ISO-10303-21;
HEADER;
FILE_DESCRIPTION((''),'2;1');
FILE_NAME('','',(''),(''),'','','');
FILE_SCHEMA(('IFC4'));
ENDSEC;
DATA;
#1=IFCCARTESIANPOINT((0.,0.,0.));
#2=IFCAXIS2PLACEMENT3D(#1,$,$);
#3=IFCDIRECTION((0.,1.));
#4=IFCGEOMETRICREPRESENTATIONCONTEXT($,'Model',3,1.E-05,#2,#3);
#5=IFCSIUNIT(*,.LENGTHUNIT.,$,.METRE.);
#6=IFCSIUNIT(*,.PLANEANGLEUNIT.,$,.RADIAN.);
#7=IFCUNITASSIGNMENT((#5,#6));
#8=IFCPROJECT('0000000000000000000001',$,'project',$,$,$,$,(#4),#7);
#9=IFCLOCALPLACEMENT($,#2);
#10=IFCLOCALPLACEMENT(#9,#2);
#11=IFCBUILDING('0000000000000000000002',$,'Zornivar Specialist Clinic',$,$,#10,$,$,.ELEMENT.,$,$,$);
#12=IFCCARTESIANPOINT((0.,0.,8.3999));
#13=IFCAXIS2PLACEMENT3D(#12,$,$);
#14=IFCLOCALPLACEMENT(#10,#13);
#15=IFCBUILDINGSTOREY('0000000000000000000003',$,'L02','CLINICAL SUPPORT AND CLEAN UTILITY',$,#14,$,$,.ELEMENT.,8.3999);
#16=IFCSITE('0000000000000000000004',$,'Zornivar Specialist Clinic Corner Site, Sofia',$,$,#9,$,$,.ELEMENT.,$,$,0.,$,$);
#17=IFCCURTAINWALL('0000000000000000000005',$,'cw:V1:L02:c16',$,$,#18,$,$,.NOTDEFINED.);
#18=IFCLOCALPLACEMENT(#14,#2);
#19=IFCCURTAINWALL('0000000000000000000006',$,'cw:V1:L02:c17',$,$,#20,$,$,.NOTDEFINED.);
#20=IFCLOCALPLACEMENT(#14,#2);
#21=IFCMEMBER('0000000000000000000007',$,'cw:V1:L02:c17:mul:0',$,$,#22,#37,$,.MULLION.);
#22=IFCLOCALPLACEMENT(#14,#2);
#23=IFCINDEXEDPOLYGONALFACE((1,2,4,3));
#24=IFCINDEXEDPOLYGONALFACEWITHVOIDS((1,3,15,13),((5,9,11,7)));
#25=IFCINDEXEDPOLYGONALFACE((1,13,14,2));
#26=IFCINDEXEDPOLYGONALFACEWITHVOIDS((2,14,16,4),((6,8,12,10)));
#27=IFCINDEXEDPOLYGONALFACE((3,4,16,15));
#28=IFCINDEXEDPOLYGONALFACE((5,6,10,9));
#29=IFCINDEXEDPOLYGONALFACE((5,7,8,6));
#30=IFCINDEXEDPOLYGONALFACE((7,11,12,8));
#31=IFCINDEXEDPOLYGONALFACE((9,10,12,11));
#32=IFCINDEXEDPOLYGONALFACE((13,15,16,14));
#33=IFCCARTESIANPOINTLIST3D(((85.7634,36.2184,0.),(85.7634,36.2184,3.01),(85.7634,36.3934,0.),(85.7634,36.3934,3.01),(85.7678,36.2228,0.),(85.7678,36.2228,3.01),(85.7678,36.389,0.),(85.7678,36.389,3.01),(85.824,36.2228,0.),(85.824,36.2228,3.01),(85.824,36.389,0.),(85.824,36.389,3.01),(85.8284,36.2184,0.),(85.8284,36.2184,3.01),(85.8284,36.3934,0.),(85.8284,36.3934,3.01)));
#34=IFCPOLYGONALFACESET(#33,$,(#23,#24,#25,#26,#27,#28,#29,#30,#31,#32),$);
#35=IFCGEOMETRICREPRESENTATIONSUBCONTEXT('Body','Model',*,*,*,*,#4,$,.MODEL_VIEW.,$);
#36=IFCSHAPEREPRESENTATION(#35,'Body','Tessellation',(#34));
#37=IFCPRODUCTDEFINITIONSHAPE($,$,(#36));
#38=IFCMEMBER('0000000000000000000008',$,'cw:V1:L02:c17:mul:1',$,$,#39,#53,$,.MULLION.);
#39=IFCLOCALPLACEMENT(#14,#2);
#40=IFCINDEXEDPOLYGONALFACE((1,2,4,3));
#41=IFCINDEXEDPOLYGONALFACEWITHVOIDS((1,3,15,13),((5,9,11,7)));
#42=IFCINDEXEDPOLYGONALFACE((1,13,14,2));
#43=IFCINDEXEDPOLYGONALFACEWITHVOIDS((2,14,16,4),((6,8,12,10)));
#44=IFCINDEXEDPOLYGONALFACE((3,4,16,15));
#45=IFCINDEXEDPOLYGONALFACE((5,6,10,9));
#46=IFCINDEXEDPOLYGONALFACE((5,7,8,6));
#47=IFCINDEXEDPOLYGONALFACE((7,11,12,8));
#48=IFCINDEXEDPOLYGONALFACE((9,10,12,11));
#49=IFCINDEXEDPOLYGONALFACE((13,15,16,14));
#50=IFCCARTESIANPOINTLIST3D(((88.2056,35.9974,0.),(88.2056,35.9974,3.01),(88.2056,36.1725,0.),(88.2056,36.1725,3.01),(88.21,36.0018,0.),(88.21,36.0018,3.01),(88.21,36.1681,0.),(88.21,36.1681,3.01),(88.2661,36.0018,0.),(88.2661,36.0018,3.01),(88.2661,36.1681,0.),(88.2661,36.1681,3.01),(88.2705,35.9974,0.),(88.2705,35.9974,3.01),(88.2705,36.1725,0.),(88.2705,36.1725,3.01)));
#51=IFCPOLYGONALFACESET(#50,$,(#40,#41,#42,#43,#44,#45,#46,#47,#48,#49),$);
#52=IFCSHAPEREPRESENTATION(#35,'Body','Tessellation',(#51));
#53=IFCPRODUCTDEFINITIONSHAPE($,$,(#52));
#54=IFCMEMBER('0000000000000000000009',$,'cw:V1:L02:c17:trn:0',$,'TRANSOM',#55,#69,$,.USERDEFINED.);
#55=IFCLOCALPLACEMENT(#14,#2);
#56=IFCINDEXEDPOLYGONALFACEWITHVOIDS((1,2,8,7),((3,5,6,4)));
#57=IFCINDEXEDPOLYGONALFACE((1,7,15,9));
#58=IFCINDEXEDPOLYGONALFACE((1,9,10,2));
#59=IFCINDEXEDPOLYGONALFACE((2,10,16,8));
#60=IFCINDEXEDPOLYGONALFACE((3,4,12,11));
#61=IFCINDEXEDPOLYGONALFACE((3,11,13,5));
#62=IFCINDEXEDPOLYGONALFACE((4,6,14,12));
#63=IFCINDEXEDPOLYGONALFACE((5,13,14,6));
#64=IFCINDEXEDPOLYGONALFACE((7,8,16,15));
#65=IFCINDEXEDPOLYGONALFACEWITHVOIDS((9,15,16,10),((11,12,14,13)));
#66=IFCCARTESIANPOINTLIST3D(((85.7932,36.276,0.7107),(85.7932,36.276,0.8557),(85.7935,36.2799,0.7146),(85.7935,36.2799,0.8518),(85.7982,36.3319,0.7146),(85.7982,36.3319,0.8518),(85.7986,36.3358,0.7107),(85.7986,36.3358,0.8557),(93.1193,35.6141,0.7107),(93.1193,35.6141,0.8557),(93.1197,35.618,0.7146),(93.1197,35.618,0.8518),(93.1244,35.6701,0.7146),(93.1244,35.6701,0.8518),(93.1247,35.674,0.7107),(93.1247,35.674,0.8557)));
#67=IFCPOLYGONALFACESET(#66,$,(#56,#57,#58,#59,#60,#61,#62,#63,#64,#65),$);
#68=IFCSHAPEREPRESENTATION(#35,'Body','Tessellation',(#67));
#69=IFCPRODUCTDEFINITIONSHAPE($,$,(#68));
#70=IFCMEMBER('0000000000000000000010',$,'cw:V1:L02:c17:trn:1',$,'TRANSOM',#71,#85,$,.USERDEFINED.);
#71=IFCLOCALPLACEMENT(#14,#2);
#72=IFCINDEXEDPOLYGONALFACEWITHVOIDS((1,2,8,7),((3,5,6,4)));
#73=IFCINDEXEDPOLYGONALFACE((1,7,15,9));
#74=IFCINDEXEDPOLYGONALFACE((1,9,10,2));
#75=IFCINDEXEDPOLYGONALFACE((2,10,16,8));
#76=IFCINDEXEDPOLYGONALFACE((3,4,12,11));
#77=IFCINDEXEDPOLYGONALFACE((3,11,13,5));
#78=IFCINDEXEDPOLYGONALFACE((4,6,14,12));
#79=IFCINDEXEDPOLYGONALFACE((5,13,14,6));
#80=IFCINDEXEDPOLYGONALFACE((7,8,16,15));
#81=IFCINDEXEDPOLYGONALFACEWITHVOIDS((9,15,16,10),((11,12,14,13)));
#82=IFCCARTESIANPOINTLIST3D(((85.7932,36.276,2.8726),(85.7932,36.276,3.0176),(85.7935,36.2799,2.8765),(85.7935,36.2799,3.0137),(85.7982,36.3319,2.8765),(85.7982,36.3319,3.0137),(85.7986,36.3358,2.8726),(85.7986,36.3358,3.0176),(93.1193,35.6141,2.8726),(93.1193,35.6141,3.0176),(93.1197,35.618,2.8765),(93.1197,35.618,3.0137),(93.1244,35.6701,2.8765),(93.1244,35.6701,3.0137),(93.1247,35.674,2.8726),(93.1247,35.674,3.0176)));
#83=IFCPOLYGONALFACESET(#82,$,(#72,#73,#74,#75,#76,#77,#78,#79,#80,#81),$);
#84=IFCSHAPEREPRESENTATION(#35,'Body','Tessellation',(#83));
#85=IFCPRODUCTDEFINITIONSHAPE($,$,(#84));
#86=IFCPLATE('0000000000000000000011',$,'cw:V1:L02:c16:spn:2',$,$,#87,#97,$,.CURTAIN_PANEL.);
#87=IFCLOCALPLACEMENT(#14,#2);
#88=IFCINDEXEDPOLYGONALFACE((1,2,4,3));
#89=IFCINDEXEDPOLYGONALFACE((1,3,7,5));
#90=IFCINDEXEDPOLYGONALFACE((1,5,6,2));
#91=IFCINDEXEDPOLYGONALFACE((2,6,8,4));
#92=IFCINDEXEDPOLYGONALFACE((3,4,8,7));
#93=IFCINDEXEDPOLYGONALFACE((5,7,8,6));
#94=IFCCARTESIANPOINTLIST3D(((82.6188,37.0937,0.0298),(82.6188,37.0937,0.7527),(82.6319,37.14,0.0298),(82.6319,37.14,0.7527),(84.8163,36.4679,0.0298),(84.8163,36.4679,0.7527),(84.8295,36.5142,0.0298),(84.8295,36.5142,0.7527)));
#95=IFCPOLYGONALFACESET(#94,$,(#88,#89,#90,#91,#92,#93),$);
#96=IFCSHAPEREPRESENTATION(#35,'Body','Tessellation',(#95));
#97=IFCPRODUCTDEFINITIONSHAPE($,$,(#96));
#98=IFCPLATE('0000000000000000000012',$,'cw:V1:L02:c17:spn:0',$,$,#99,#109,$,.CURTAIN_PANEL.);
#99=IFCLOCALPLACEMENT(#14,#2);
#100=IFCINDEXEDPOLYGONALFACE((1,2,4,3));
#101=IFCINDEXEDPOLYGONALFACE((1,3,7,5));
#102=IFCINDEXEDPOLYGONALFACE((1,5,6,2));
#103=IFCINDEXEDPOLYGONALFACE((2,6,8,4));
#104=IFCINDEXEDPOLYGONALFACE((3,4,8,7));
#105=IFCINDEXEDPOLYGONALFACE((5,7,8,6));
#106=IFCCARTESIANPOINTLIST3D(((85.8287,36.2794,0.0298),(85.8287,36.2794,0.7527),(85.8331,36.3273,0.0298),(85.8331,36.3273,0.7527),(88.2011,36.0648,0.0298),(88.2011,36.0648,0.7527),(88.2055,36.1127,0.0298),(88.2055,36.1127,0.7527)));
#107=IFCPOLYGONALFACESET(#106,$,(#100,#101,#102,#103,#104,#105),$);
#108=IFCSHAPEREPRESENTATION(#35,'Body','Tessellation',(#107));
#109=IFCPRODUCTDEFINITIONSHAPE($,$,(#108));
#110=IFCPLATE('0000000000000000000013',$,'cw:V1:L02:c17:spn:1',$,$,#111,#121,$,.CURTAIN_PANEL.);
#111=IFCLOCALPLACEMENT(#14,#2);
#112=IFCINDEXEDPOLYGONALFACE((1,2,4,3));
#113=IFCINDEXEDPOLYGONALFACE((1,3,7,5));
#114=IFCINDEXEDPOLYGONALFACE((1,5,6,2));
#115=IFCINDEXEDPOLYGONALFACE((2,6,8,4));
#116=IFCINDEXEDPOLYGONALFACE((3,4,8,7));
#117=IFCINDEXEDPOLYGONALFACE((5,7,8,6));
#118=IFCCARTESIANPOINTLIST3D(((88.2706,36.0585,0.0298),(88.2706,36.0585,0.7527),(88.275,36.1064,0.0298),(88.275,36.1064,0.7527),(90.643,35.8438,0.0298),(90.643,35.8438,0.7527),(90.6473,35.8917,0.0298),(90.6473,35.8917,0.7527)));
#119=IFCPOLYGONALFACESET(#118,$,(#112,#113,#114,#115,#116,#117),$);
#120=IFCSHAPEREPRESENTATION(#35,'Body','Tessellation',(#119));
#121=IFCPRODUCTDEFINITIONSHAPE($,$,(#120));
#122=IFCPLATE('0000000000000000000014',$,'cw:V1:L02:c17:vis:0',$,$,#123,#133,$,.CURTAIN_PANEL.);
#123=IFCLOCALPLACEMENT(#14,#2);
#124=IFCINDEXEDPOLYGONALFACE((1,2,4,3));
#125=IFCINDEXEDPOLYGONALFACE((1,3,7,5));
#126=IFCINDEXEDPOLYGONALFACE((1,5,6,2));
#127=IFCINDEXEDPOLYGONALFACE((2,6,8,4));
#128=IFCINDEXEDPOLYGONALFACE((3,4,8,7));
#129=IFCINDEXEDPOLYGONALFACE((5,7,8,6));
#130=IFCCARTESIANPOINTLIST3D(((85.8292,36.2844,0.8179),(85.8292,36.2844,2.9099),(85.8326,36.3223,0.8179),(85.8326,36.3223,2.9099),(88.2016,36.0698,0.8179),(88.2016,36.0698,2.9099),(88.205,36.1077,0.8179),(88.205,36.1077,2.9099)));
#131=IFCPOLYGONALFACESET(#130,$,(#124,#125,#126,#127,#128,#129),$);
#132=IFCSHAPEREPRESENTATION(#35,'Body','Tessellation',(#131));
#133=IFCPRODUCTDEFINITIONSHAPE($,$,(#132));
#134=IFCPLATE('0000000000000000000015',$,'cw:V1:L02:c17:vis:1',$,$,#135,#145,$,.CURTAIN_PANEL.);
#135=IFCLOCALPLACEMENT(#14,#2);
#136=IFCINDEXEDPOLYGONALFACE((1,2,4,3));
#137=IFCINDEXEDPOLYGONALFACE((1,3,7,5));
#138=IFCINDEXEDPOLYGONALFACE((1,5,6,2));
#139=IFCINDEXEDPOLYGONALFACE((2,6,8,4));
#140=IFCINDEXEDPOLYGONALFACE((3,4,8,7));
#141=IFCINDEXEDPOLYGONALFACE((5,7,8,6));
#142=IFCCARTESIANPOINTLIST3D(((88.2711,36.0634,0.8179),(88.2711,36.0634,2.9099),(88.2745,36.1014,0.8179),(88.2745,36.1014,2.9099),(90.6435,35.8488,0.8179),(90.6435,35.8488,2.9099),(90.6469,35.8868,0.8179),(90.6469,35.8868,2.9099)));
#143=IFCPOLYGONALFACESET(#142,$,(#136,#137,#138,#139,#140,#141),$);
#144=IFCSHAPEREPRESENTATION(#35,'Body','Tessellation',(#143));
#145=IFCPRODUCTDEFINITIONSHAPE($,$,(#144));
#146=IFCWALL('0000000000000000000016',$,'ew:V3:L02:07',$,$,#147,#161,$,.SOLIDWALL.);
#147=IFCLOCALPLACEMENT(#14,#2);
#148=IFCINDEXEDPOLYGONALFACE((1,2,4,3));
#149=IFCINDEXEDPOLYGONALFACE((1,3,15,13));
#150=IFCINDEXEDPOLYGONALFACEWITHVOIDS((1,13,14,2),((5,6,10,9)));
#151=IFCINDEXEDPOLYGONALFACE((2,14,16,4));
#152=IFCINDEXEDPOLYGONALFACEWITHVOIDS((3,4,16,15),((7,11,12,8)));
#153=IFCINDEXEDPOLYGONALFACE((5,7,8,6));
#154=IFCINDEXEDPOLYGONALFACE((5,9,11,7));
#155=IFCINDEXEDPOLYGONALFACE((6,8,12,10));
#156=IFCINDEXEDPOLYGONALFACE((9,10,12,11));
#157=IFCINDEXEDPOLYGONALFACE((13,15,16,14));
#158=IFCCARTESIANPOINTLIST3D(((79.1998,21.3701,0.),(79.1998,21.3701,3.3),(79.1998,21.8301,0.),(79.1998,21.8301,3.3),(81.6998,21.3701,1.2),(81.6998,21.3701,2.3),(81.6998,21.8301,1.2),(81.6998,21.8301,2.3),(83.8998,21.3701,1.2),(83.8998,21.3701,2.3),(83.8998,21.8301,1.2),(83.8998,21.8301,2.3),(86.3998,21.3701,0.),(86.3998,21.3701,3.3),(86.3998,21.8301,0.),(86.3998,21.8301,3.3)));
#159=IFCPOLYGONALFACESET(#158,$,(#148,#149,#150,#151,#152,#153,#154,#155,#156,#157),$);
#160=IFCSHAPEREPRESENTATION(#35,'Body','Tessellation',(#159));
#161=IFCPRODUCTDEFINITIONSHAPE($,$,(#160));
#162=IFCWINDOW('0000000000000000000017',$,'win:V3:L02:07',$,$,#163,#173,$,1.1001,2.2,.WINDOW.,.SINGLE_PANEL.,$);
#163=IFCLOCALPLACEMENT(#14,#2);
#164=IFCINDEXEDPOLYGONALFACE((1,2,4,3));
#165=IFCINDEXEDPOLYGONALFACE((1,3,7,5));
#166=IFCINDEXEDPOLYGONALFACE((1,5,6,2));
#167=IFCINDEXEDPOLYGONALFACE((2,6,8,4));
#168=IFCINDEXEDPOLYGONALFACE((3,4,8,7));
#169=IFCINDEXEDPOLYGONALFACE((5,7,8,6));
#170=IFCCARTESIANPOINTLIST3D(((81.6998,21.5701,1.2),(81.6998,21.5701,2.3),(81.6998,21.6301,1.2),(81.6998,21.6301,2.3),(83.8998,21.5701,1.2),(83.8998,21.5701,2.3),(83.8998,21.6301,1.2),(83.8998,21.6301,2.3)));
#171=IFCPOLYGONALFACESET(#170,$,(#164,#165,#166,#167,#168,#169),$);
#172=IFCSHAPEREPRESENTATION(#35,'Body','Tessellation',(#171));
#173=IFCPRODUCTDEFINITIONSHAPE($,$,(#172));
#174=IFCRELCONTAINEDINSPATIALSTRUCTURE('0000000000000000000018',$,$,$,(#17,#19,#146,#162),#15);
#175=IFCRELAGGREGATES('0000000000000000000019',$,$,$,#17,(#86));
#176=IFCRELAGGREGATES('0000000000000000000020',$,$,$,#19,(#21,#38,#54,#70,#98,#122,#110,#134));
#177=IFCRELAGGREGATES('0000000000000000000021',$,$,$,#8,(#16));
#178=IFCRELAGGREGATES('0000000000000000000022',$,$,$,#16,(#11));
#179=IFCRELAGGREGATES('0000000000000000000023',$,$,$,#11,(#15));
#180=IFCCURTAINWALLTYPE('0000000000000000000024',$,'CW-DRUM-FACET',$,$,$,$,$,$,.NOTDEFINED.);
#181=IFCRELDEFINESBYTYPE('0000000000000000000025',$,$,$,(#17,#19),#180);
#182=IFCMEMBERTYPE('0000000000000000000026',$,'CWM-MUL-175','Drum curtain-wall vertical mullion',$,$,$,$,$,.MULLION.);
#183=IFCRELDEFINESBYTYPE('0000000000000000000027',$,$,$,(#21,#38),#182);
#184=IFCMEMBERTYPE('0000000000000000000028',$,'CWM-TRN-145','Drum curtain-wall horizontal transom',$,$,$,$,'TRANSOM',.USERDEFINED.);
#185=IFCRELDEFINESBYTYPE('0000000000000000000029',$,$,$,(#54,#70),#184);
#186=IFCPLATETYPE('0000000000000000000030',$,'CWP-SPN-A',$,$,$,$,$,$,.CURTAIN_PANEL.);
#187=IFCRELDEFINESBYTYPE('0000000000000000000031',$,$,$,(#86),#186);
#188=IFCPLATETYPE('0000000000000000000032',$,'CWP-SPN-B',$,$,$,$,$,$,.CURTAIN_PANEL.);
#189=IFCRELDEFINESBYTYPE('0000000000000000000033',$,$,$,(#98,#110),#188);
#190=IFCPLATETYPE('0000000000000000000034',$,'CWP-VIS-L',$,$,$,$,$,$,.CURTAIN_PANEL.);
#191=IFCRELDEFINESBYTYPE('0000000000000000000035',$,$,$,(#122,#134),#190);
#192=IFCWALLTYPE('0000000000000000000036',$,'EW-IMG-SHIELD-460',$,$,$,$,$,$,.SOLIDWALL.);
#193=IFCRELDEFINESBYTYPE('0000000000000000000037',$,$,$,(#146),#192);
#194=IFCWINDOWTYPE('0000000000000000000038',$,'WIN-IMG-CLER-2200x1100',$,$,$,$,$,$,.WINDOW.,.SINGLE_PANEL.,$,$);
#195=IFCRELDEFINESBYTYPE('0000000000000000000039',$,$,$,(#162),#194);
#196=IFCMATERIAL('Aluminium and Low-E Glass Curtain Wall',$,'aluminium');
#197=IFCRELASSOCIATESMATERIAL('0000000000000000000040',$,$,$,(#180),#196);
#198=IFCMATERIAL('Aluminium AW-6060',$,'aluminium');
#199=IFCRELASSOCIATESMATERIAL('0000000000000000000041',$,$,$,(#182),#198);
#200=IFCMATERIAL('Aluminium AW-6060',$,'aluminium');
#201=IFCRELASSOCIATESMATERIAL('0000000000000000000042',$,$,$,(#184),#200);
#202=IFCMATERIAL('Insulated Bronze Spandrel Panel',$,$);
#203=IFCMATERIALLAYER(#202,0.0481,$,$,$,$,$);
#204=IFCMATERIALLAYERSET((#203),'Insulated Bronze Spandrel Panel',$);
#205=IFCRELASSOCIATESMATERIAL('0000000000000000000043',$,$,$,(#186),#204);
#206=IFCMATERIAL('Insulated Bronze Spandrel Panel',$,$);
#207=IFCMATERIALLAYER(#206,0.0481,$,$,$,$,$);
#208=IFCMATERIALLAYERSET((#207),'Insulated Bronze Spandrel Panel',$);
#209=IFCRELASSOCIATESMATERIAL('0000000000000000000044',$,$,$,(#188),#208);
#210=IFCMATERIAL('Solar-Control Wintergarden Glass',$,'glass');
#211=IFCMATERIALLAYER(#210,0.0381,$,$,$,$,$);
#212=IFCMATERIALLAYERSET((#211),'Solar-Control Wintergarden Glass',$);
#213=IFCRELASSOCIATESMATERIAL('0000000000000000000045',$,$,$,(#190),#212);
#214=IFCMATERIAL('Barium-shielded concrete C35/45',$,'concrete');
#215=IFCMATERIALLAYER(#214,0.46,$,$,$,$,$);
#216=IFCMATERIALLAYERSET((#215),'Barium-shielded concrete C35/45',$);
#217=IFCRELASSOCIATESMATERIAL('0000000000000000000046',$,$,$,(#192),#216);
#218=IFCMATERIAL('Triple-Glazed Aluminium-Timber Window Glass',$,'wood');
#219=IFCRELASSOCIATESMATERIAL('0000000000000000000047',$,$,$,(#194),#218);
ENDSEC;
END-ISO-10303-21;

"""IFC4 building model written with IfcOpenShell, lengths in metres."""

from ifc_helpers import new_model, si_unit, direction, frame, frame_2d, origin, origin_2d, place, context, subcontext, project, spatial, rectangle, hollow_rectangle, extrude, material, layer, layer_set, material_profile, profile_set, type_object, element, fill, aggregate, save


model = new_model("IFC4")

# Units and contexts
model_context = context("Model", 3, precision=1e-05, world=origin(), true_north=direction((0.0, 1.0)))
body_context = subcontext(model_context, "Body", "Model", "MODEL_VIEW")
ifc_project = project(units=[si_unit("LENGTHUNIT", "METRE"), si_unit("PLANEANGLEUNIT", "RADIAN")], contexts=[model_context])

# Site, building, storey
site_placement = place(None, origin())
site = spatial("IfcSite", under=ifc_project, at=site_placement, Name="Zornivar Specialist Clinic Corner Site, Sofia", CompositionType="ELEMENT", RefElevation=0.0)
building_placement = place(site_placement, origin())
building = spatial("IfcBuilding", under=site, at=building_placement, Name="Zornivar Specialist Clinic", CompositionType="ELEMENT")
storey_placement = place(building_placement, frame((0.0, 0.0, 8.3999)))
storey = spatial("IfcBuildingStorey", under=building, at=storey_placement, Name="L02", Description="CLINICAL SUPPORT AND CLEAN UTILITY", CompositionType="ELEMENT", Elevation=8.3999)

# Curtain wall
ifc_material_1 = material(Name="Aluminium and Low-E Glass Curtain Wall", Category="aluminium")
curtain_wall_type = type_object("IfcCurtainWallType", Name="CW-DRUM-FACET", PredefinedType="NOTDEFINED", material=ifc_material_1)
curtain_wall_1_placement = place(storey_placement, origin())
curtain_wall_1 = element("IfcCurtainWall", 1, at=curtain_wall_1_placement, inside=storey, type_object=curtain_wall_type, Name="cw:V1:L02:c16", PredefinedType="NOTDEFINED")
ifc_material_2 = material(Name="Aluminium AW-6060", Category="aluminium")
ifc_material_profile_1 = material_profile(ifc_material_2, hollow_rectangle(XDim=0.0649, YDim=0.175, WallThickness=0.0044, at=origin_2d()), Name="ALU 65x175x4.5")
ifc_profile_set_1 = profile_set([ifc_material_profile_1], Name="Aluminium AW-6060")
member_type_1 = type_object("IfcMemberType", Name="CWM-MUL-175", Description="Drum curtain-wall vertical mullion", PredefinedType="MULLION", material=ifc_profile_set_1)

# Curtain wall, members
curtain_wall_2_placement = place(storey_placement, origin())
curtain_wall_2 = element("IfcCurtainWall", 2, at=curtain_wall_2_placement, inside=storey, type_object=curtain_wall_type, Name="cw:V1:L02:c17", PredefinedType="NOTDEFINED")
member_1_placement = place(storey_placement, frame((85.7959, 36.3059, 0.0), z_axis=(0.0, 0.0, 1.0), x_axis=(1.0, 0.0, 0.0)))
member_1 = element("IfcMember", 3, at=member_1_placement, type_object=member_type_1, Name="cw:V1:L02:c17:mul:0", PredefinedType="MULLION", context=body_context, shape_type="SweptSolid", body=[
    extrude(hollow_rectangle(XDim=0.0649, YDim=0.175, WallThickness=0.0044, at=origin_2d()), origin(), (0.0, 0.0, 1.0), 3.01),
])
member_2_placement = place(storey_placement, frame((88.238, 36.085, 0.0), z_axis=(0.0, 0.0, 1.0), x_axis=(1.0, 0.0, 0.0)))
member_2 = element("IfcMember", 4, at=member_2_placement, type_object=member_type_1, Name="cw:V1:L02:c17:mul:1", PredefinedType="MULLION", context=body_context, shape_type="SweptSolid", body=[
    extrude(hollow_rectangle(XDim=0.0649, YDim=0.175, WallThickness=0.0044, at=origin_2d()), origin(), (0.0, 0.0, 1.0), 3.01),
])
ifc_material_3 = material(Name="Aluminium AW-6060", Category="aluminium")
ifc_material_profile_2 = material_profile(ifc_material_3, hollow_rectangle(XDim=0.0601, YDim=0.145, WallThickness=0.0039, at=origin_2d()), Name="ALU 60x145x4")
ifc_profile_set_2 = profile_set([ifc_material_profile_2], Name="Aluminium AW-6060")
member_type_2 = type_object("IfcMemberType", Name="CWM-TRN-145", Description="Drum curtain-wall horizontal transom", ElementType="TRANSOM", PredefinedType="USERDEFINED", material=ifc_profile_set_2)
member_3_placement = place(storey_placement, frame((85.7959, 36.3059, 0.7832), z_axis=(0.995944, -0.089976, 0.0), x_axis=(0.089976, 0.995944, 0.0)))
member_3 = element("IfcMember", 5, at=member_3_placement, type_object=member_type_2, Name="cw:V1:L02:c17:trn:0", ObjectType="TRANSOM", PredefinedType="USERDEFINED", context=body_context, shape_type="SweptSolid", body=[
    extrude(hollow_rectangle(XDim=0.0601, YDim=0.145, WallThickness=0.0039, at=origin_2d()), origin(), (0.0, 0.0, 1.0), 7.356),
])
member_4_placement = place(storey_placement, frame((85.7959, 36.3059, 2.9451), z_axis=(0.995944, -0.089976, 0.0), x_axis=(0.089976, 0.995944, 0.0)))
member_4 = element("IfcMember", 6, at=member_4_placement, type_object=member_type_2, Name="cw:V1:L02:c17:trn:1", ObjectType="TRANSOM", PredefinedType="USERDEFINED", context=body_context, shape_type="SweptSolid", body=[
    extrude(hollow_rectangle(XDim=0.0601, YDim=0.145, WallThickness=0.0039, at=origin_2d()), origin(), (0.0, 0.0, 1.0), 7.356),
])

# Plates
ifc_material_4 = material(Name="Insulated Bronze Spandrel Panel")
ifc_layer_1 = layer(ifc_material_4, 0.0481)
ifc_layer_set_1 = layer_set([ifc_layer_1], Name="Insulated Bronze Spandrel Panel")
plate_type_1 = type_object("IfcPlateType", Name="CWP-SPN-A", PredefinedType="CURTAIN_PANEL", material=ifc_layer_set_1)
plate_1_placement = place(storey_placement, frame((83.7241, 36.804, 0.0298), z_axis=(0.0, 0.0, 1.0), x_axis=(0.961761, -0.273889, 0.0)))
plate_1 = element("IfcPlate", 7, at=plate_1_placement, type_object=plate_type_1, Name="cw:V1:L02:c16:spn:2", PredefinedType="CURTAIN_PANEL", context=body_context, shape_type="SweptSolid", body=[
    extrude(rectangle(XDim=2.2849, YDim=0.0481, at=origin_2d()), origin(), (0.0, 0.0, 1.0), 0.7229),
])
aggregate(curtain_wall_1, [plate_1])
ifc_material_5 = material(Name="Insulated Bronze Spandrel Panel")
ifc_layer_2 = layer(ifc_material_5, 0.0481)
ifc_layer_set_2 = layer_set([ifc_layer_2], Name="Insulated Bronze Spandrel Panel")
plate_type_2 = type_object("IfcPlateType", Name="CWP-SPN-B", PredefinedType="CURTAIN_PANEL", material=ifc_layer_set_2)
plate_2_placement = place(storey_placement, frame((87.0171, 36.196, 0.0298), z_axis=(0.0, 0.0, 1.0), x_axis=(0.995933, -0.090099, 0.0)))
plate_2 = element("IfcPlate", 8, at=plate_2_placement, type_object=plate_type_2, Name="cw:V1:L02:c17:spn:0", PredefinedType="CURTAIN_PANEL", context=body_context, shape_type="SweptSolid", body=[
    extrude(rectangle(XDim=2.3821, YDim=0.0481, at=origin_2d()), origin(), (0.0, 0.0, 1.0), 0.7229),
])
plate_3_placement = place(storey_placement, frame((89.459, 35.9751, 0.0298), z_axis=(0.0, 0.0, 1.0), x_axis=(0.995933, -0.090099, 0.0)))
plate_3 = element("IfcPlate", 9, at=plate_3_placement, type_object=plate_type_2, Name="cw:V1:L02:c17:spn:1", PredefinedType="CURTAIN_PANEL", context=body_context, shape_type="SweptSolid", body=[
    extrude(rectangle(XDim=2.3821, YDim=0.0481, at=origin_2d()), origin(), (0.0, 0.0, 1.0), 0.7229),
])
ifc_material_6 = material(Name="Solar-Control Wintergarden Glass", Category="glass")
ifc_layer_3 = layer(ifc_material_6, 0.0381)
ifc_layer_set_3 = layer_set([ifc_layer_3], Name="Solar-Control Wintergarden Glass")
plate_type_3 = type_object("IfcPlateType", Name="CWP-VIS-L", PredefinedType="CURTAIN_PANEL", material=ifc_layer_set_3)
plate_4_placement = place(storey_placement, frame((87.0171, 36.196, 0.8179), z_axis=(0.0, 0.0, 1.0), x_axis=(0.995933, -0.090099, 0.0)))
plate_4 = element("IfcPlate", 10, at=plate_4_placement, type_object=plate_type_3, Name="cw:V1:L02:c17:vis:0", PredefinedType="CURTAIN_PANEL", context=body_context, shape_type="SweptSolid", body=[
    extrude(rectangle(XDim=2.3821, YDim=0.0381, at=origin_2d()), origin(), (0.0, 0.0, 1.0), 2.092),
])
plate_5_placement = place(storey_placement, frame((89.459, 35.9751, 0.8179), z_axis=(0.0, 0.0, 1.0), x_axis=(0.995933, -0.090099, 0.0)))
plate_5 = element("IfcPlate", 11, at=plate_5_placement, type_object=plate_type_3, Name="cw:V1:L02:c17:vis:1", PredefinedType="CURTAIN_PANEL", context=body_context, shape_type="SweptSolid", body=[
    extrude(rectangle(XDim=2.3821, YDim=0.0381, at=origin_2d()), origin(), (0.0, 0.0, 1.0), 2.092),
])
aggregate(curtain_wall_2, [member_1, member_2, member_3, member_4, plate_2, plate_4, plate_3, plate_5])

# Wall, opening, window
ifc_material_7 = material(Name="Barium-shielded concrete C35/45", Category="concrete")
ifc_layer_4 = layer(ifc_material_7, 0.46)
ifc_layer_set_4 = layer_set([ifc_layer_4], Name="Barium-shielded concrete C35/45")
wall_type = type_object("IfcWallType", Name="EW-IMG-SHIELD-460", PredefinedType="SOLIDWALL", material=ifc_layer_set_4)
wall_1_placement = place(storey_placement, frame((86.3999, 21.6001, 0.0), z_axis=(0.0, 0.0, 1.0), x_axis=(-1.0, 0.0, 0.0)))
wall_1 = element("IfcWall", 12, at=wall_1_placement, inside=storey, type_object=wall_type, Name="ew:V3:L02:07", PredefinedType="SOLIDWALL", context=body_context, shape_type="SweptSolid", body=[
    extrude(rectangle(XDim=7.2, YDim=0.46, at=frame_2d((3.6001, 0.0))), origin(), (0.0, 0.0, 1.0), 3.3),
])
opening_1_placement = place(wall_1_placement, frame((2.5, 0.0, 1.2)))
opening_1 = element("IfcOpeningElement", 13, at=opening_1_placement, cuts=wall_1, PredefinedType="OPENING", context=body_context, shape_type="SweptSolid", body=[
    extrude(rectangle(XDim=2.2, YDim=1.1001, at=frame_2d((1.1001, 0.55))), frame((0.0, 0.24, 0.0), z_axis=(0.0, -1.0, 0.0), x_axis=(1.0, 0.0, 0.0)), (0.0, 0.0, 1.0), 0.48),
])
ifc_material_8 = material(Name="Triple-Glazed Aluminium-Timber Window Glass", Category="wood")
window_type = type_object("IfcWindowType", Name="WIN-IMG-CLER-2200x1100", PartitioningType="SINGLE_PANEL", PredefinedType="WINDOW", material=ifc_material_8)
window_1_placement = place(opening_1_placement, origin())
window_1 = element("IfcWindow", 14, at=window_1_placement, inside=storey, type_object=window_type, Name="win:V3:L02:07", OverallHeight=1.1001, OverallWidth=2.2, PartitioningType="SINGLE_PANEL", PredefinedType="WINDOW", context=body_context, shape_type="SweptSolid", body=[
    extrude(rectangle(XDim=2.2, YDim=1.1001, at=frame_2d((1.1001, 0.55))), frame((0.0, 0.03, 0.0), z_axis=(0.0, -1.0, 0.0), x_axis=(1.0, 0.0, 0.0)), (0.0, 0.0, 1.0), 0.0601),
])
fill(opening_1, window_1)

save(model, "model.ifc")
